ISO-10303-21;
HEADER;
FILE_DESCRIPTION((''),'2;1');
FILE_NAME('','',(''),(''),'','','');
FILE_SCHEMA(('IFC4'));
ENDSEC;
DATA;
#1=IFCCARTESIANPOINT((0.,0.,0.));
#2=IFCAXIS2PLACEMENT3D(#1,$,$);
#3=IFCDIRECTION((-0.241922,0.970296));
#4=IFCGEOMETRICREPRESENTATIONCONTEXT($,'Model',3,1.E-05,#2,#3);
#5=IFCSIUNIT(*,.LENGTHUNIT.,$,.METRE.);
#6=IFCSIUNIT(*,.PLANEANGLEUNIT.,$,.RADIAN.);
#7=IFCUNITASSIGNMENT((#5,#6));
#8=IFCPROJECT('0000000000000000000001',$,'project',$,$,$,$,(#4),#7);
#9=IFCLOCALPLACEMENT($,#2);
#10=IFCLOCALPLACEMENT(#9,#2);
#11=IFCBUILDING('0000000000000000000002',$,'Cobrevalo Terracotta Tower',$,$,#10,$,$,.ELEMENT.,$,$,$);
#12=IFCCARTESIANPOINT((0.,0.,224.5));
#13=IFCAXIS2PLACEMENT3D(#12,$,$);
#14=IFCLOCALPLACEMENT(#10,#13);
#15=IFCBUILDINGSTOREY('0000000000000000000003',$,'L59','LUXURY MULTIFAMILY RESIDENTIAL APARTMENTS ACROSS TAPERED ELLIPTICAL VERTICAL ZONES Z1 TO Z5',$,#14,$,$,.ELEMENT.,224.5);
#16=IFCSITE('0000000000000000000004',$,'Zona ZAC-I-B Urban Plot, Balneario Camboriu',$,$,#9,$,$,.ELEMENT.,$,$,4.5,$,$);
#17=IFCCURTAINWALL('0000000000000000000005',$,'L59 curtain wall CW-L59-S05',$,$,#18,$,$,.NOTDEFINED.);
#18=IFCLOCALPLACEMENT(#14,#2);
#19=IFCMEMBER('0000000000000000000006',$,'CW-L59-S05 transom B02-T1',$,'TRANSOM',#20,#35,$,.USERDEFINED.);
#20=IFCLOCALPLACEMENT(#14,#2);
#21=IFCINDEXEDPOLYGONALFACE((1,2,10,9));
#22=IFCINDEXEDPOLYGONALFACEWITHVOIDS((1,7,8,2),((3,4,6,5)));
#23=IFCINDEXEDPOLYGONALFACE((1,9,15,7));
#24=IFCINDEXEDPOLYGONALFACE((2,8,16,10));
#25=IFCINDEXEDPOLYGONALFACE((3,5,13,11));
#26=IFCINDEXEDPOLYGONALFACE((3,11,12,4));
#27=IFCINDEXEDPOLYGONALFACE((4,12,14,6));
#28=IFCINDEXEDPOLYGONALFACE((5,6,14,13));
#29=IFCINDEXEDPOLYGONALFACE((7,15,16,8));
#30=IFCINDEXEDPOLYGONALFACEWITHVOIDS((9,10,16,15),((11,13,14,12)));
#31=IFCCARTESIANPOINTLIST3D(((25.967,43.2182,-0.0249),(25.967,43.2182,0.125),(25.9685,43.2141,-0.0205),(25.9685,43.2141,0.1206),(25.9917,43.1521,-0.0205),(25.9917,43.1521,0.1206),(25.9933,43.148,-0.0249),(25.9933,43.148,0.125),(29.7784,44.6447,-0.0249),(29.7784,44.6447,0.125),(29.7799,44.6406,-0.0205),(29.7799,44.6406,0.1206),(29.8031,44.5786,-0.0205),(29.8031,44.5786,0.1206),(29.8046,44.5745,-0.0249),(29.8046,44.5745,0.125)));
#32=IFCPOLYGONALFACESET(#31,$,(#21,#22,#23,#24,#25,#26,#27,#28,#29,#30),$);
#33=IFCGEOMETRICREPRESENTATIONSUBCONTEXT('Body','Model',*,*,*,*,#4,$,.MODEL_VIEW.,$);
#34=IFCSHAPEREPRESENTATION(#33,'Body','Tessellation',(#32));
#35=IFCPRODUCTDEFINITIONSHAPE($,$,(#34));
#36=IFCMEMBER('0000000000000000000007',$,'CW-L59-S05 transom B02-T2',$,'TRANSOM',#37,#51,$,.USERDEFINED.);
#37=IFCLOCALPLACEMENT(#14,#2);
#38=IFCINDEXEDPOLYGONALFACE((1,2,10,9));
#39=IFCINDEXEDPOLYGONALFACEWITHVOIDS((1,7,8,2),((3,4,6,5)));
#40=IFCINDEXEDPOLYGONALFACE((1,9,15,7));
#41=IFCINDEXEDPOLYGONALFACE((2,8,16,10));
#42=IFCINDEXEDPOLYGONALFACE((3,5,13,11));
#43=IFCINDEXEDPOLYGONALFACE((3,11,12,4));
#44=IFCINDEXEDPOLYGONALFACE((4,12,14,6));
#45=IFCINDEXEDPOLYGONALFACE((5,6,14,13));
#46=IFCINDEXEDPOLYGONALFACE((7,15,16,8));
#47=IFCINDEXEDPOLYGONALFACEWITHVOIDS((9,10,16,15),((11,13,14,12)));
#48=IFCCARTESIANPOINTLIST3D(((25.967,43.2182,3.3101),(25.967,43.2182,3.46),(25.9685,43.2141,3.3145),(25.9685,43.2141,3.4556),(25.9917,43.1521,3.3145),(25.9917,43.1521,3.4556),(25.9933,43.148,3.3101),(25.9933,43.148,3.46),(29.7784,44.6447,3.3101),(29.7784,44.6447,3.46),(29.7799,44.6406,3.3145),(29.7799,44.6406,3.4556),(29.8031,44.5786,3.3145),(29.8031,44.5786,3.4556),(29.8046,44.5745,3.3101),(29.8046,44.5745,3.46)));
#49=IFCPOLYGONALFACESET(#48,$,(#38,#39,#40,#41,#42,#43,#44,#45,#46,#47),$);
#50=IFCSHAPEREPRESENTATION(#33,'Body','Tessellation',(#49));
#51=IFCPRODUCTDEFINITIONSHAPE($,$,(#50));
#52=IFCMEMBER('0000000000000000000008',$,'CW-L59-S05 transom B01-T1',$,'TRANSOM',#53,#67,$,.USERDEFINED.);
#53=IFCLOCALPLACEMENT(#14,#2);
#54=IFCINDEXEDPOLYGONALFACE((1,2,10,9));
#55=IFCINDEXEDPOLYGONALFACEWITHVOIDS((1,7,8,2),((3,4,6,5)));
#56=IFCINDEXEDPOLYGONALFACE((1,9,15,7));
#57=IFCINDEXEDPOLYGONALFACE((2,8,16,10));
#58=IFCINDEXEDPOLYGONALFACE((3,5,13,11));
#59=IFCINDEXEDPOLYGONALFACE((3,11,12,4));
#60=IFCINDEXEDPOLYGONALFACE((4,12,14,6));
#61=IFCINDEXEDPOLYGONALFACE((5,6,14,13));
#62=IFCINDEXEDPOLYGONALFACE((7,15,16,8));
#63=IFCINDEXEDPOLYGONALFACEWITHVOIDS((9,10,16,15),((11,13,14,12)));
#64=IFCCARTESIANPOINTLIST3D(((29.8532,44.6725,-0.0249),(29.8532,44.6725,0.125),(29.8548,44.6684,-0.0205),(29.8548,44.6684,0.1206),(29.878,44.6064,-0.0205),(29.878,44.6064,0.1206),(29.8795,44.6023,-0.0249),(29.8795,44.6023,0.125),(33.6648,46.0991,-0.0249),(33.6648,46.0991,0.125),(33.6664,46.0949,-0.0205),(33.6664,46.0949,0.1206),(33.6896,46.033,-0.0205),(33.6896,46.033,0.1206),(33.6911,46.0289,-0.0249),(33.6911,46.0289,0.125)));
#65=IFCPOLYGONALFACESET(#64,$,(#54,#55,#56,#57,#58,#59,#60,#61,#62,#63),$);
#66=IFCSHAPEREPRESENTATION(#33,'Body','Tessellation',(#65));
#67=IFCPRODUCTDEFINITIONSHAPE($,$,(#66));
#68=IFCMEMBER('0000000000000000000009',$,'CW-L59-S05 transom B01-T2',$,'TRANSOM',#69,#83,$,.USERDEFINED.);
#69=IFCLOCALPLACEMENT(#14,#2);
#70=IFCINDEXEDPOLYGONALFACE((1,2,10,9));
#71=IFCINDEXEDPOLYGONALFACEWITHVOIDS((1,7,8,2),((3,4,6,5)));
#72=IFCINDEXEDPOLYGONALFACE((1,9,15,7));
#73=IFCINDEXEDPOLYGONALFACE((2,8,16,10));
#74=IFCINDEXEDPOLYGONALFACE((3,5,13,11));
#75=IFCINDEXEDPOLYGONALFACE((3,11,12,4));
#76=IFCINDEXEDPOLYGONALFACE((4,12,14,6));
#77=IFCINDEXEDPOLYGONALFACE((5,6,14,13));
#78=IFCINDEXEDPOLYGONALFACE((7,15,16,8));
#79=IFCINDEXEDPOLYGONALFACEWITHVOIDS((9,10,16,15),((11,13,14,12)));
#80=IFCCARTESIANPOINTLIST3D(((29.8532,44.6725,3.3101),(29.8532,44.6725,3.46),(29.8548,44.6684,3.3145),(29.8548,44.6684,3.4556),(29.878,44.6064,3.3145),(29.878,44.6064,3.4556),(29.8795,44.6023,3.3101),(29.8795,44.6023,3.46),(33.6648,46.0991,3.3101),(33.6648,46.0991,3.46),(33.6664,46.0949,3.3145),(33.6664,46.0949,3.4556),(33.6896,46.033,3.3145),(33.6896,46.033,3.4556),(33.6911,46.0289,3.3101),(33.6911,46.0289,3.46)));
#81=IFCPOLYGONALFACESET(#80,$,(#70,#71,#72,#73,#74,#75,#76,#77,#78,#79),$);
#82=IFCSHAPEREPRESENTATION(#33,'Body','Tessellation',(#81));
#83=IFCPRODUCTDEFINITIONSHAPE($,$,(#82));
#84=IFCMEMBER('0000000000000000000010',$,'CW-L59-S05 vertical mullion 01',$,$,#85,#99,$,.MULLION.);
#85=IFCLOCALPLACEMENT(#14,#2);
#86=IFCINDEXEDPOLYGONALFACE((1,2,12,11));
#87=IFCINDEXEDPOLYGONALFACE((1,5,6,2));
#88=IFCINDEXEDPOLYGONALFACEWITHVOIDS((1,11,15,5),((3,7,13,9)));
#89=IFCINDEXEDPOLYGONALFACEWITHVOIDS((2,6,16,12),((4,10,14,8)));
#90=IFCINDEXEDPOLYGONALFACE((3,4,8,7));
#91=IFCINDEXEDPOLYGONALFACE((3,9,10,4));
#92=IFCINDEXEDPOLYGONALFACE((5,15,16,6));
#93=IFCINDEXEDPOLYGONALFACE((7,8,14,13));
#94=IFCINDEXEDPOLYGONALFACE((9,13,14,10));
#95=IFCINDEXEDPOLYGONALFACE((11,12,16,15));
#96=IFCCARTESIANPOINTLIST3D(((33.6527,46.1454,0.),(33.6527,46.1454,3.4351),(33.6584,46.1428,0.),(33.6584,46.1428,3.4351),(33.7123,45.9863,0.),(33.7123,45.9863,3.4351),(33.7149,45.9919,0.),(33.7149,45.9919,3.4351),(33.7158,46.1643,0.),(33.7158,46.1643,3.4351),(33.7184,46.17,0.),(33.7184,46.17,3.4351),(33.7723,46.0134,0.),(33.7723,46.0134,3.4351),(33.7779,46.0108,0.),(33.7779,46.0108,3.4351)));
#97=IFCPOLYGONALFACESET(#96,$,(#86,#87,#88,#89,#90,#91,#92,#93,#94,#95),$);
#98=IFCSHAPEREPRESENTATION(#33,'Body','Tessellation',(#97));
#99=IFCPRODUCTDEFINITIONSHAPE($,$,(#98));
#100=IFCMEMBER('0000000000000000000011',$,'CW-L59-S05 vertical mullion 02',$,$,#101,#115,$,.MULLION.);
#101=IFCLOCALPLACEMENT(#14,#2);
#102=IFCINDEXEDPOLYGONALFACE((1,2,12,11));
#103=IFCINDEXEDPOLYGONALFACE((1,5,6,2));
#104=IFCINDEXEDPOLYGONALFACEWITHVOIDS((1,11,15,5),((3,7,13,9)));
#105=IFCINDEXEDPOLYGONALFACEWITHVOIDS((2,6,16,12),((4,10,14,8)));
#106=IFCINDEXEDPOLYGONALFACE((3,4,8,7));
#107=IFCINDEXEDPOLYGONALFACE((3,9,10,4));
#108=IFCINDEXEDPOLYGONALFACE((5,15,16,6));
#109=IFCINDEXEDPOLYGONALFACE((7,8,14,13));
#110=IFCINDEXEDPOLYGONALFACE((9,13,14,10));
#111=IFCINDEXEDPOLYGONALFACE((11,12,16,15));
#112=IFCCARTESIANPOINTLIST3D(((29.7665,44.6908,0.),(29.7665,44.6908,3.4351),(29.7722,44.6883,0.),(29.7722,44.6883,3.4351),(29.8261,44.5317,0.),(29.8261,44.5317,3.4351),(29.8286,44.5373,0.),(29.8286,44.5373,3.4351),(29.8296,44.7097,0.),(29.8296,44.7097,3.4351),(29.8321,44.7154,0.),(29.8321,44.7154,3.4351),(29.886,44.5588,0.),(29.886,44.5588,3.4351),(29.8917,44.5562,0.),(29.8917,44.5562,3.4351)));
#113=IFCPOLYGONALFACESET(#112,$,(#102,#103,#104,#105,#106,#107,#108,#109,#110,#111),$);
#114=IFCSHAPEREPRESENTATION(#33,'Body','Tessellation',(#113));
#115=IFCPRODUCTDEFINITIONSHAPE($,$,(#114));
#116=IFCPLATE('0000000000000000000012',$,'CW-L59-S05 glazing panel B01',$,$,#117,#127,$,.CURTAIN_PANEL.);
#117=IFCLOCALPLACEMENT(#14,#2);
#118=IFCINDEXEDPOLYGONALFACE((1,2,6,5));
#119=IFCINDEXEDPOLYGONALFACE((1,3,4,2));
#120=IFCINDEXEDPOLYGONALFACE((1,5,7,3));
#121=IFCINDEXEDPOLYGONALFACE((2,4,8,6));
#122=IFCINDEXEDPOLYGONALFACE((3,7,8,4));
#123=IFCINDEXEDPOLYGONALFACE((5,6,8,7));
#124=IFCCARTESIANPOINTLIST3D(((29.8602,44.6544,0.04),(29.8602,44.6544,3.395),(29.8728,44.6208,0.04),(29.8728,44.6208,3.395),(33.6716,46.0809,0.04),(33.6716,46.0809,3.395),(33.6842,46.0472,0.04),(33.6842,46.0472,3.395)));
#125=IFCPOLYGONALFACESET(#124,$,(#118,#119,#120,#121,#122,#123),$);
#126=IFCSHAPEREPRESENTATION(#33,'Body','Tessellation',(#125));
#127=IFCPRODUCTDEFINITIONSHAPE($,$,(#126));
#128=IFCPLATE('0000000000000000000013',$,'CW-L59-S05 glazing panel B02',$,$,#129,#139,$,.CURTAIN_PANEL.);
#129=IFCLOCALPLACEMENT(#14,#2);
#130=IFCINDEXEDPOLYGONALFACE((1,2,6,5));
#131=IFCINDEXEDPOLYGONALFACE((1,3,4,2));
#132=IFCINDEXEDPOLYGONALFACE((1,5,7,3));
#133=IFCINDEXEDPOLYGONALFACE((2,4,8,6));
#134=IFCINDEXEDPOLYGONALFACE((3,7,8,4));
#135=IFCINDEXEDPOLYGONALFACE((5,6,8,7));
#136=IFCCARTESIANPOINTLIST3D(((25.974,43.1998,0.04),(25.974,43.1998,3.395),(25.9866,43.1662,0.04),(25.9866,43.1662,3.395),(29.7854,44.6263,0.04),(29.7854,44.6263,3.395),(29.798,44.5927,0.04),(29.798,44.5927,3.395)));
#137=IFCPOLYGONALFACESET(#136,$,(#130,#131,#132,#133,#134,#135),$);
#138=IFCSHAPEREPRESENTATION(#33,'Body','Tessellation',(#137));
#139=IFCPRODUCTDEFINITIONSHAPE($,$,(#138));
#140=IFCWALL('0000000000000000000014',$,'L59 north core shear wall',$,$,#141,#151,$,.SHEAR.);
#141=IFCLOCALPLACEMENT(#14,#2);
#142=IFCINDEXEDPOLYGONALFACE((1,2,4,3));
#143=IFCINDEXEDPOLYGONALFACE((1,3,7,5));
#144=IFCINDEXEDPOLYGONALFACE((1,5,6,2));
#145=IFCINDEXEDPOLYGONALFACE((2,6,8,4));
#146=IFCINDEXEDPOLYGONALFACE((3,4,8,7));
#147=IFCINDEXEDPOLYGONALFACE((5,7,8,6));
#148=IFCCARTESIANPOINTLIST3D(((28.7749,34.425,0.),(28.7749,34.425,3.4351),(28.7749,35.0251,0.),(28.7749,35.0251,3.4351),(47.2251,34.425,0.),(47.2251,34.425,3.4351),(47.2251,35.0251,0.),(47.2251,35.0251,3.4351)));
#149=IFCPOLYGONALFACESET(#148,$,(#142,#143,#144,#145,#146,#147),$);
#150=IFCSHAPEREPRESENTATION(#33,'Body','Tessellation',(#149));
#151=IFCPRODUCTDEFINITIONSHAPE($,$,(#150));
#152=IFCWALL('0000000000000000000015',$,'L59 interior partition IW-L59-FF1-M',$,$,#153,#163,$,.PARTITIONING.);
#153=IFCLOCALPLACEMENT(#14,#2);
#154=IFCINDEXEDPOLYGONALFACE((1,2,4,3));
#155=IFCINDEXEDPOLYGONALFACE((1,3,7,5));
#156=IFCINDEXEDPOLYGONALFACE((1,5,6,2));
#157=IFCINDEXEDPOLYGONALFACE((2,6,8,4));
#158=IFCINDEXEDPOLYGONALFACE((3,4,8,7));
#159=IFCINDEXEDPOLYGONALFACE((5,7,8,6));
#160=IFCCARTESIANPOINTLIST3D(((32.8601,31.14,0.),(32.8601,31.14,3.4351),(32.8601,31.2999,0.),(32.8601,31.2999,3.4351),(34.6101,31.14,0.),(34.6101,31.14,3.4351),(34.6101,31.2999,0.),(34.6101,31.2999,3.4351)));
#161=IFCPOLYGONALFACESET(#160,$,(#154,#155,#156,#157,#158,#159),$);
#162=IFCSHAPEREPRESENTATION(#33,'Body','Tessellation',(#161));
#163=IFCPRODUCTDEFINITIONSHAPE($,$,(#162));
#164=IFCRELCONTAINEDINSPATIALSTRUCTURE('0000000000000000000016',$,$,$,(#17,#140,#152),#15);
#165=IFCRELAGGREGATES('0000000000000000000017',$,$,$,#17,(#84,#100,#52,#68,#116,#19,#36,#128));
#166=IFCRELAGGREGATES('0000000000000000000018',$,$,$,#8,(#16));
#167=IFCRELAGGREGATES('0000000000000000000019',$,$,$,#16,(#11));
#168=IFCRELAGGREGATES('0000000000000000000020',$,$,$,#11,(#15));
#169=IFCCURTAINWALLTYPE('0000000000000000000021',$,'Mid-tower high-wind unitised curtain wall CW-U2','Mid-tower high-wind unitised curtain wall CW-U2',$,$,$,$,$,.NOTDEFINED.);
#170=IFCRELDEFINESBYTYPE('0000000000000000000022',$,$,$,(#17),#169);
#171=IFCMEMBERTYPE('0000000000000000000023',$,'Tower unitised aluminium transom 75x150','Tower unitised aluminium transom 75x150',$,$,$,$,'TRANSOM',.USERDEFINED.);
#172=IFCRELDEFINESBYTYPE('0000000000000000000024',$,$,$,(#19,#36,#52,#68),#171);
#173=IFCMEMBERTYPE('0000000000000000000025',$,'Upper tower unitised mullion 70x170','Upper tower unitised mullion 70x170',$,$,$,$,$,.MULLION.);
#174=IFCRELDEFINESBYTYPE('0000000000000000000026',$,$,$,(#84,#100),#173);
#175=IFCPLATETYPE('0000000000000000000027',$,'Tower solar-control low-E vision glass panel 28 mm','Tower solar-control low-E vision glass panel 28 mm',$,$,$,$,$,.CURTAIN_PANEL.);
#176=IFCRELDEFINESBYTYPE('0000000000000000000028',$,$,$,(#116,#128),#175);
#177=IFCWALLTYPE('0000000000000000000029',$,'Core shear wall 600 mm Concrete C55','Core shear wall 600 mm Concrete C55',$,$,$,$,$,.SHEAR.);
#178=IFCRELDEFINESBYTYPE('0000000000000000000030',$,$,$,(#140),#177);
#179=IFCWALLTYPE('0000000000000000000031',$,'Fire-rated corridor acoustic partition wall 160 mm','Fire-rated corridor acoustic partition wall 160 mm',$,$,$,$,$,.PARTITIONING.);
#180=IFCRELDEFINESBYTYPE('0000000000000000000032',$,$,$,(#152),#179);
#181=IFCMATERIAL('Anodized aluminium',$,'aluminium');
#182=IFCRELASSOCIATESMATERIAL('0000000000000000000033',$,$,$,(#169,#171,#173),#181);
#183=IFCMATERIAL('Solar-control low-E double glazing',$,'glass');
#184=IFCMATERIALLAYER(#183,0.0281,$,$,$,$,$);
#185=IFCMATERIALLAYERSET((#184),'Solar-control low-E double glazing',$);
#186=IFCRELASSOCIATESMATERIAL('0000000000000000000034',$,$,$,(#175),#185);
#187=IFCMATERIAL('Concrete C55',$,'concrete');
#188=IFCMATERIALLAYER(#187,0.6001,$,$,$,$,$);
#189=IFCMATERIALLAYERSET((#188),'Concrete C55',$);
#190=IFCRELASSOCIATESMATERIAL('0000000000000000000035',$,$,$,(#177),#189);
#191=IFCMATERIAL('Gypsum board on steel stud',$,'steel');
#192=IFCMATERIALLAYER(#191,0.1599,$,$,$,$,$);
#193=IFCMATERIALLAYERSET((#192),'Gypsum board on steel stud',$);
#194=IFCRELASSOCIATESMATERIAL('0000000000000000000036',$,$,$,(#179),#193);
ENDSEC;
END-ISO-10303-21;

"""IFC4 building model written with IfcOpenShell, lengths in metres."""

from ifc_helpers import new_model, si_unit, direction, frame, frame_2d, origin, origin_2d, place, context, subcontext, project, spatial, rectangle, hollow_rectangle, extrude, source, transform, mapped, material, layer, layer_set, material_profile, profile_set, type_object, element, aggregate, save


model = new_model("IFC4")

# Units and contexts
model_context = context("Model", 3, precision=1e-05, world=origin(), true_north=direction((-0.241922, 0.970296)))
body_context = subcontext(model_context, "Body", "Model", "MODEL_VIEW")
ifc_project = project(units=[si_unit("LENGTHUNIT", "METRE"), si_unit("PLANEANGLEUNIT", "RADIAN")], contexts=[model_context])

# Site, building, storey
site_placement = place(None, origin())
site = spatial("IfcSite", under=ifc_project, at=site_placement, Name="Zona ZAC-I-B Urban Plot, Balneario Camboriu", CompositionType="ELEMENT", RefElevation=4.5)
building_placement = place(site_placement, origin())
building = spatial("IfcBuilding", under=site, at=building_placement, Name="Cobrevalo Terracotta Tower", CompositionType="ELEMENT")
storey_placement = place(building_placement, frame((0.0, 0.0, 224.5)))
storey = spatial("IfcBuildingStorey", under=building, at=storey_placement, Name="L59", Description="LUXURY MULTIFAMILY RESIDENTIAL APARTMENTS ACROSS TAPERED ELLIPTICAL VERTICAL ZONES Z1 TO Z5", CompositionType="ELEMENT", Elevation=224.5)

# Curtain wall, members, plates
ifc_material_1 = material(Name="Anodized aluminium", Category="aluminium")
curtain_wall_type = type_object("IfcCurtainWallType", Name="Mid-tower high-wind unitised curtain wall CW-U2", Description="Mid-tower high-wind unitised curtain wall CW-U2", PredefinedType="NOTDEFINED", material=ifc_material_1)
curtain_wall_placement = place(storey_placement, origin())
curtain_wall = element("IfcCurtainWall", 1, at=curtain_wall_placement, inside=storey, type_object=curtain_wall_type, Name="L59 curtain wall CW-L59-S05", PredefinedType="NOTDEFINED")
ifc_material_profile_1 = material_profile(ifc_material_1, hollow_rectangle(XDim=0.075, YDim=0.1499, WallThickness=0.0044, at=origin_2d()), Name="CWT 75x150")
ifc_profile_set_1 = profile_set([ifc_material_profile_1], Name="Anodized aluminium")
member_type_1 = type_object("IfcMemberType", Name="Tower unitised aluminium transom 75x150", Description="Tower unitised aluminium transom 75x150", ElementType="TRANSOM", PredefinedType="USERDEFINED", material=ifc_profile_set_1)
shared_shape_1 = source(origin(), body_context, "Body", "SweptSolid", [
    extrude(hollow_rectangle(XDim=0.075, YDim=0.1499, WallThickness=0.0044, at=origin_2d()), origin(), (0.0, 0.0, 1.0), 4.0696),
])
member_1_placement = place(storey_placement, frame((29.7915, 44.6096, 0.05), z_axis=(-0.936548, -0.350538, 0.0), x_axis=(0.350538, -0.936548, 0.0)))
member_1 = element("IfcMember", 2, at=member_1_placement, type_object=member_type_1, Name="CW-L59-S05 transom B02-T1", ObjectType="TRANSOM", PredefinedType="USERDEFINED", context=body_context, shape_type="MappedRepresentation", body=[
    mapped(shared_shape_1, transform((0.0, 0.0, 0.0), scale=1.0)),
])
member_2_placement = place(storey_placement, frame((29.7915, 44.6096, 3.385), z_axis=(-0.936548, -0.350538, 0.0), x_axis=(0.350538, -0.936548, 0.0)))
member_2 = element("IfcMember", 3, at=member_2_placement, type_object=member_type_1, Name="CW-L59-S05 transom B02-T2", ObjectType="TRANSOM", PredefinedType="USERDEFINED", context=body_context, shape_type="MappedRepresentation", body=[
    mapped(shared_shape_1, transform((0.0, 0.0, 0.0), scale=1.0)),
])
shared_shape_2 = source(origin(), body_context, "Body", "SweptSolid", [
    extrude(hollow_rectangle(XDim=0.075, YDim=0.1499, WallThickness=0.0044, at=origin_2d()), origin(), (0.0, 0.0, 1.0), 4.0698),
])
member_3_placement = place(storey_placement, frame((33.678, 46.064, 0.05), z_axis=(-0.936556, -0.350519, 0.0), x_axis=(0.350519, -0.936556, 0.0)))
member_3 = element("IfcMember", 4, at=member_3_placement, type_object=member_type_1, Name="CW-L59-S05 transom B01-T1", ObjectType="TRANSOM", PredefinedType="USERDEFINED", context=body_context, shape_type="MappedRepresentation", body=[
    mapped(shared_shape_2, transform((0.0, 0.0, 0.0), scale=1.0)),
])
member_4_placement = place(storey_placement, frame((33.678, 46.064, 3.385), z_axis=(-0.936556, -0.350519, 0.0), x_axis=(0.350519, -0.936556, 0.0)))
member_4 = element("IfcMember", 5, at=member_4_placement, type_object=member_type_1, Name="CW-L59-S05 transom B01-T2", ObjectType="TRANSOM", PredefinedType="USERDEFINED", context=body_context, shape_type="MappedRepresentation", body=[
    mapped(shared_shape_2, transform((0.0, 0.0, 0.0), scale=1.0)),
])
ifc_material_profile_2 = material_profile(ifc_material_1, hollow_rectangle(XDim=0.0701, YDim=0.1699, WallThickness=0.0044, at=origin_2d()), Name="CWM 70x170")
ifc_profile_set_2 = profile_set([ifc_material_profile_2], Name="Anodized aluminium")
member_type_2 = type_object("IfcMemberType", Name="Upper tower unitised mullion 70x170", Description="Upper tower unitised mullion 70x170", PredefinedType="MULLION", material=ifc_profile_set_2)
shared_shape_3 = source(origin(), body_context, "Body", "SweptSolid", [
    extrude(hollow_rectangle(XDim=0.0701, YDim=0.1699, WallThickness=0.0044, at=origin_2d()), origin(), (0.0, 0.0, 1.0), 3.4351),
])
member_5_placement = place(storey_placement, frame((33.7153, 46.0781, 0.0), z_axis=(0.0, 0.0, 1.0), x_axis=(-0.936556, -0.350518, 0.0)))
member_5 = element("IfcMember", 6, at=member_5_placement, type_object=member_type_2, Name="CW-L59-S05 vertical mullion 01", PredefinedType="MULLION", context=body_context, shape_type="MappedRepresentation", body=[
    mapped(shared_shape_3, transform((0.0, 0.0, 0.0), scale=1.0)),
])
member_6_placement = place(storey_placement, frame((29.8291, 44.6235, 0.0), z_axis=(0.0, 0.0, 1.0), x_axis=(-0.936556, -0.350518, 0.0)))
member_6 = element("IfcMember", 7, at=member_6_placement, type_object=member_type_2, Name="CW-L59-S05 vertical mullion 02", PredefinedType="MULLION", context=body_context, shape_type="MappedRepresentation", body=[
    mapped(shared_shape_3, transform((0.0, 0.0, 0.0), scale=1.0)),
])
ifc_material_2 = material(Name="Solar-control low-E double glazing", Category="glass")
ifc_layer_1 = layer(ifc_material_2, 0.0281)
ifc_layer_set_1 = layer_set([ifc_layer_1], Name="Solar-control low-E double glazing")
plate_type = type_object("IfcPlateType", Name="Tower solar-control low-E vision glass panel 28 mm", Description="Tower solar-control low-E vision glass panel 28 mm", PredefinedType="CURTAIN_PANEL", material=ifc_layer_set_1)
shared_shape_4 = source(origin(), body_context, "Body", "SweptSolid", [
    extrude(rectangle(XDim=4.0696, YDim=0.0359, at=origin_2d()), origin(), (0.0, 0.0, 1.0), 3.355),
])
plate_1_placement = place(storey_placement, frame((31.7722, 45.3508, 0.04), z_axis=(0.0, 0.0, 1.0), x_axis=(-0.936558, -0.350513, 0.0)))
plate_1 = element("IfcPlate", 8, at=plate_1_placement, type_object=plate_type, Name="CW-L59-S05 glazing panel B01", PredefinedType="CURTAIN_PANEL", context=body_context, shape_type="MappedRepresentation", body=[
    mapped(shared_shape_4, transform((0.0, 0.0, 0.0), scale=1.0)),
])
plate_2_placement = place(storey_placement, frame((27.886, 43.8962, 0.04), z_axis=(0.0, 0.0, 1.0), x_axis=(-0.936558, -0.350513, 0.0)))
plate_2 = element("IfcPlate", 9, at=plate_2_placement, type_object=plate_type, Name="CW-L59-S05 glazing panel B02", PredefinedType="CURTAIN_PANEL", context=body_context, shape_type="MappedRepresentation", body=[
    mapped(shared_shape_4, transform((0.0, 0.0, 0.0), scale=1.0)),
])
aggregate(curtain_wall, [member_5, member_6, member_3, member_4, plate_1, member_1, member_2, plate_2])

# Walls
ifc_material_3 = material(Name="Concrete C55", Category="concrete")
ifc_layer_2 = layer(ifc_material_3, 0.6001)
ifc_layer_set_2 = layer_set([ifc_layer_2], Name="Concrete C55")
wall_type_1 = type_object("IfcWallType", Name="Core shear wall 600 mm Concrete C55", Description="Core shear wall 600 mm Concrete C55", PredefinedType="SHEAR", material=ifc_layer_set_2)
wall_1_placement = place(storey_placement, frame((28.7749, 34.7251, 0.0), z_axis=(0.0, 0.0, 1.0), x_axis=(1.0, 0.0, 0.0)))
element("IfcWall", 10, at=wall_1_placement, inside=storey, type_object=wall_type_1, Name="L59 north core shear wall", PredefinedType="SHEAR", context=body_context, shape_type="SweptSolid", body=[
    extrude(rectangle(XDim=18.4502, YDim=0.6001, at=frame_2d((9.2251, 0.0))), origin(), (0.0, 0.0, 1.0), 3.4351),
])
ifc_material_4 = material(Name="Gypsum board on steel stud", Category="steel")
ifc_layer_3 = layer(ifc_material_4, 0.1599)
ifc_layer_set_3 = layer_set([ifc_layer_3], Name="Gypsum board on steel stud")
wall_type_2 = type_object("IfcWallType", Name="Fire-rated corridor acoustic partition wall 160 mm", Description="Fire-rated corridor acoustic partition wall 160 mm", PredefinedType="PARTITIONING", material=ifc_layer_set_3)
wall_2_placement = place(storey_placement, frame((32.8601, 31.22, 0.0), z_axis=(0.0, 0.0, 1.0), x_axis=(1.0, 0.0, 0.0)))
element("IfcWall", 11, at=wall_2_placement, inside=storey, type_object=wall_type_2, Name="L59 interior partition IW-L59-FF1-M", PredefinedType="PARTITIONING", context=body_context, shape_type="SweptSolid", body=[
    extrude(rectangle(XDim=1.75, YDim=0.1599, at=frame_2d((0.875, 0.0))), origin(), (0.0, 0.0, 1.0), 3.4351),
])

save(model, "model.ifc")
